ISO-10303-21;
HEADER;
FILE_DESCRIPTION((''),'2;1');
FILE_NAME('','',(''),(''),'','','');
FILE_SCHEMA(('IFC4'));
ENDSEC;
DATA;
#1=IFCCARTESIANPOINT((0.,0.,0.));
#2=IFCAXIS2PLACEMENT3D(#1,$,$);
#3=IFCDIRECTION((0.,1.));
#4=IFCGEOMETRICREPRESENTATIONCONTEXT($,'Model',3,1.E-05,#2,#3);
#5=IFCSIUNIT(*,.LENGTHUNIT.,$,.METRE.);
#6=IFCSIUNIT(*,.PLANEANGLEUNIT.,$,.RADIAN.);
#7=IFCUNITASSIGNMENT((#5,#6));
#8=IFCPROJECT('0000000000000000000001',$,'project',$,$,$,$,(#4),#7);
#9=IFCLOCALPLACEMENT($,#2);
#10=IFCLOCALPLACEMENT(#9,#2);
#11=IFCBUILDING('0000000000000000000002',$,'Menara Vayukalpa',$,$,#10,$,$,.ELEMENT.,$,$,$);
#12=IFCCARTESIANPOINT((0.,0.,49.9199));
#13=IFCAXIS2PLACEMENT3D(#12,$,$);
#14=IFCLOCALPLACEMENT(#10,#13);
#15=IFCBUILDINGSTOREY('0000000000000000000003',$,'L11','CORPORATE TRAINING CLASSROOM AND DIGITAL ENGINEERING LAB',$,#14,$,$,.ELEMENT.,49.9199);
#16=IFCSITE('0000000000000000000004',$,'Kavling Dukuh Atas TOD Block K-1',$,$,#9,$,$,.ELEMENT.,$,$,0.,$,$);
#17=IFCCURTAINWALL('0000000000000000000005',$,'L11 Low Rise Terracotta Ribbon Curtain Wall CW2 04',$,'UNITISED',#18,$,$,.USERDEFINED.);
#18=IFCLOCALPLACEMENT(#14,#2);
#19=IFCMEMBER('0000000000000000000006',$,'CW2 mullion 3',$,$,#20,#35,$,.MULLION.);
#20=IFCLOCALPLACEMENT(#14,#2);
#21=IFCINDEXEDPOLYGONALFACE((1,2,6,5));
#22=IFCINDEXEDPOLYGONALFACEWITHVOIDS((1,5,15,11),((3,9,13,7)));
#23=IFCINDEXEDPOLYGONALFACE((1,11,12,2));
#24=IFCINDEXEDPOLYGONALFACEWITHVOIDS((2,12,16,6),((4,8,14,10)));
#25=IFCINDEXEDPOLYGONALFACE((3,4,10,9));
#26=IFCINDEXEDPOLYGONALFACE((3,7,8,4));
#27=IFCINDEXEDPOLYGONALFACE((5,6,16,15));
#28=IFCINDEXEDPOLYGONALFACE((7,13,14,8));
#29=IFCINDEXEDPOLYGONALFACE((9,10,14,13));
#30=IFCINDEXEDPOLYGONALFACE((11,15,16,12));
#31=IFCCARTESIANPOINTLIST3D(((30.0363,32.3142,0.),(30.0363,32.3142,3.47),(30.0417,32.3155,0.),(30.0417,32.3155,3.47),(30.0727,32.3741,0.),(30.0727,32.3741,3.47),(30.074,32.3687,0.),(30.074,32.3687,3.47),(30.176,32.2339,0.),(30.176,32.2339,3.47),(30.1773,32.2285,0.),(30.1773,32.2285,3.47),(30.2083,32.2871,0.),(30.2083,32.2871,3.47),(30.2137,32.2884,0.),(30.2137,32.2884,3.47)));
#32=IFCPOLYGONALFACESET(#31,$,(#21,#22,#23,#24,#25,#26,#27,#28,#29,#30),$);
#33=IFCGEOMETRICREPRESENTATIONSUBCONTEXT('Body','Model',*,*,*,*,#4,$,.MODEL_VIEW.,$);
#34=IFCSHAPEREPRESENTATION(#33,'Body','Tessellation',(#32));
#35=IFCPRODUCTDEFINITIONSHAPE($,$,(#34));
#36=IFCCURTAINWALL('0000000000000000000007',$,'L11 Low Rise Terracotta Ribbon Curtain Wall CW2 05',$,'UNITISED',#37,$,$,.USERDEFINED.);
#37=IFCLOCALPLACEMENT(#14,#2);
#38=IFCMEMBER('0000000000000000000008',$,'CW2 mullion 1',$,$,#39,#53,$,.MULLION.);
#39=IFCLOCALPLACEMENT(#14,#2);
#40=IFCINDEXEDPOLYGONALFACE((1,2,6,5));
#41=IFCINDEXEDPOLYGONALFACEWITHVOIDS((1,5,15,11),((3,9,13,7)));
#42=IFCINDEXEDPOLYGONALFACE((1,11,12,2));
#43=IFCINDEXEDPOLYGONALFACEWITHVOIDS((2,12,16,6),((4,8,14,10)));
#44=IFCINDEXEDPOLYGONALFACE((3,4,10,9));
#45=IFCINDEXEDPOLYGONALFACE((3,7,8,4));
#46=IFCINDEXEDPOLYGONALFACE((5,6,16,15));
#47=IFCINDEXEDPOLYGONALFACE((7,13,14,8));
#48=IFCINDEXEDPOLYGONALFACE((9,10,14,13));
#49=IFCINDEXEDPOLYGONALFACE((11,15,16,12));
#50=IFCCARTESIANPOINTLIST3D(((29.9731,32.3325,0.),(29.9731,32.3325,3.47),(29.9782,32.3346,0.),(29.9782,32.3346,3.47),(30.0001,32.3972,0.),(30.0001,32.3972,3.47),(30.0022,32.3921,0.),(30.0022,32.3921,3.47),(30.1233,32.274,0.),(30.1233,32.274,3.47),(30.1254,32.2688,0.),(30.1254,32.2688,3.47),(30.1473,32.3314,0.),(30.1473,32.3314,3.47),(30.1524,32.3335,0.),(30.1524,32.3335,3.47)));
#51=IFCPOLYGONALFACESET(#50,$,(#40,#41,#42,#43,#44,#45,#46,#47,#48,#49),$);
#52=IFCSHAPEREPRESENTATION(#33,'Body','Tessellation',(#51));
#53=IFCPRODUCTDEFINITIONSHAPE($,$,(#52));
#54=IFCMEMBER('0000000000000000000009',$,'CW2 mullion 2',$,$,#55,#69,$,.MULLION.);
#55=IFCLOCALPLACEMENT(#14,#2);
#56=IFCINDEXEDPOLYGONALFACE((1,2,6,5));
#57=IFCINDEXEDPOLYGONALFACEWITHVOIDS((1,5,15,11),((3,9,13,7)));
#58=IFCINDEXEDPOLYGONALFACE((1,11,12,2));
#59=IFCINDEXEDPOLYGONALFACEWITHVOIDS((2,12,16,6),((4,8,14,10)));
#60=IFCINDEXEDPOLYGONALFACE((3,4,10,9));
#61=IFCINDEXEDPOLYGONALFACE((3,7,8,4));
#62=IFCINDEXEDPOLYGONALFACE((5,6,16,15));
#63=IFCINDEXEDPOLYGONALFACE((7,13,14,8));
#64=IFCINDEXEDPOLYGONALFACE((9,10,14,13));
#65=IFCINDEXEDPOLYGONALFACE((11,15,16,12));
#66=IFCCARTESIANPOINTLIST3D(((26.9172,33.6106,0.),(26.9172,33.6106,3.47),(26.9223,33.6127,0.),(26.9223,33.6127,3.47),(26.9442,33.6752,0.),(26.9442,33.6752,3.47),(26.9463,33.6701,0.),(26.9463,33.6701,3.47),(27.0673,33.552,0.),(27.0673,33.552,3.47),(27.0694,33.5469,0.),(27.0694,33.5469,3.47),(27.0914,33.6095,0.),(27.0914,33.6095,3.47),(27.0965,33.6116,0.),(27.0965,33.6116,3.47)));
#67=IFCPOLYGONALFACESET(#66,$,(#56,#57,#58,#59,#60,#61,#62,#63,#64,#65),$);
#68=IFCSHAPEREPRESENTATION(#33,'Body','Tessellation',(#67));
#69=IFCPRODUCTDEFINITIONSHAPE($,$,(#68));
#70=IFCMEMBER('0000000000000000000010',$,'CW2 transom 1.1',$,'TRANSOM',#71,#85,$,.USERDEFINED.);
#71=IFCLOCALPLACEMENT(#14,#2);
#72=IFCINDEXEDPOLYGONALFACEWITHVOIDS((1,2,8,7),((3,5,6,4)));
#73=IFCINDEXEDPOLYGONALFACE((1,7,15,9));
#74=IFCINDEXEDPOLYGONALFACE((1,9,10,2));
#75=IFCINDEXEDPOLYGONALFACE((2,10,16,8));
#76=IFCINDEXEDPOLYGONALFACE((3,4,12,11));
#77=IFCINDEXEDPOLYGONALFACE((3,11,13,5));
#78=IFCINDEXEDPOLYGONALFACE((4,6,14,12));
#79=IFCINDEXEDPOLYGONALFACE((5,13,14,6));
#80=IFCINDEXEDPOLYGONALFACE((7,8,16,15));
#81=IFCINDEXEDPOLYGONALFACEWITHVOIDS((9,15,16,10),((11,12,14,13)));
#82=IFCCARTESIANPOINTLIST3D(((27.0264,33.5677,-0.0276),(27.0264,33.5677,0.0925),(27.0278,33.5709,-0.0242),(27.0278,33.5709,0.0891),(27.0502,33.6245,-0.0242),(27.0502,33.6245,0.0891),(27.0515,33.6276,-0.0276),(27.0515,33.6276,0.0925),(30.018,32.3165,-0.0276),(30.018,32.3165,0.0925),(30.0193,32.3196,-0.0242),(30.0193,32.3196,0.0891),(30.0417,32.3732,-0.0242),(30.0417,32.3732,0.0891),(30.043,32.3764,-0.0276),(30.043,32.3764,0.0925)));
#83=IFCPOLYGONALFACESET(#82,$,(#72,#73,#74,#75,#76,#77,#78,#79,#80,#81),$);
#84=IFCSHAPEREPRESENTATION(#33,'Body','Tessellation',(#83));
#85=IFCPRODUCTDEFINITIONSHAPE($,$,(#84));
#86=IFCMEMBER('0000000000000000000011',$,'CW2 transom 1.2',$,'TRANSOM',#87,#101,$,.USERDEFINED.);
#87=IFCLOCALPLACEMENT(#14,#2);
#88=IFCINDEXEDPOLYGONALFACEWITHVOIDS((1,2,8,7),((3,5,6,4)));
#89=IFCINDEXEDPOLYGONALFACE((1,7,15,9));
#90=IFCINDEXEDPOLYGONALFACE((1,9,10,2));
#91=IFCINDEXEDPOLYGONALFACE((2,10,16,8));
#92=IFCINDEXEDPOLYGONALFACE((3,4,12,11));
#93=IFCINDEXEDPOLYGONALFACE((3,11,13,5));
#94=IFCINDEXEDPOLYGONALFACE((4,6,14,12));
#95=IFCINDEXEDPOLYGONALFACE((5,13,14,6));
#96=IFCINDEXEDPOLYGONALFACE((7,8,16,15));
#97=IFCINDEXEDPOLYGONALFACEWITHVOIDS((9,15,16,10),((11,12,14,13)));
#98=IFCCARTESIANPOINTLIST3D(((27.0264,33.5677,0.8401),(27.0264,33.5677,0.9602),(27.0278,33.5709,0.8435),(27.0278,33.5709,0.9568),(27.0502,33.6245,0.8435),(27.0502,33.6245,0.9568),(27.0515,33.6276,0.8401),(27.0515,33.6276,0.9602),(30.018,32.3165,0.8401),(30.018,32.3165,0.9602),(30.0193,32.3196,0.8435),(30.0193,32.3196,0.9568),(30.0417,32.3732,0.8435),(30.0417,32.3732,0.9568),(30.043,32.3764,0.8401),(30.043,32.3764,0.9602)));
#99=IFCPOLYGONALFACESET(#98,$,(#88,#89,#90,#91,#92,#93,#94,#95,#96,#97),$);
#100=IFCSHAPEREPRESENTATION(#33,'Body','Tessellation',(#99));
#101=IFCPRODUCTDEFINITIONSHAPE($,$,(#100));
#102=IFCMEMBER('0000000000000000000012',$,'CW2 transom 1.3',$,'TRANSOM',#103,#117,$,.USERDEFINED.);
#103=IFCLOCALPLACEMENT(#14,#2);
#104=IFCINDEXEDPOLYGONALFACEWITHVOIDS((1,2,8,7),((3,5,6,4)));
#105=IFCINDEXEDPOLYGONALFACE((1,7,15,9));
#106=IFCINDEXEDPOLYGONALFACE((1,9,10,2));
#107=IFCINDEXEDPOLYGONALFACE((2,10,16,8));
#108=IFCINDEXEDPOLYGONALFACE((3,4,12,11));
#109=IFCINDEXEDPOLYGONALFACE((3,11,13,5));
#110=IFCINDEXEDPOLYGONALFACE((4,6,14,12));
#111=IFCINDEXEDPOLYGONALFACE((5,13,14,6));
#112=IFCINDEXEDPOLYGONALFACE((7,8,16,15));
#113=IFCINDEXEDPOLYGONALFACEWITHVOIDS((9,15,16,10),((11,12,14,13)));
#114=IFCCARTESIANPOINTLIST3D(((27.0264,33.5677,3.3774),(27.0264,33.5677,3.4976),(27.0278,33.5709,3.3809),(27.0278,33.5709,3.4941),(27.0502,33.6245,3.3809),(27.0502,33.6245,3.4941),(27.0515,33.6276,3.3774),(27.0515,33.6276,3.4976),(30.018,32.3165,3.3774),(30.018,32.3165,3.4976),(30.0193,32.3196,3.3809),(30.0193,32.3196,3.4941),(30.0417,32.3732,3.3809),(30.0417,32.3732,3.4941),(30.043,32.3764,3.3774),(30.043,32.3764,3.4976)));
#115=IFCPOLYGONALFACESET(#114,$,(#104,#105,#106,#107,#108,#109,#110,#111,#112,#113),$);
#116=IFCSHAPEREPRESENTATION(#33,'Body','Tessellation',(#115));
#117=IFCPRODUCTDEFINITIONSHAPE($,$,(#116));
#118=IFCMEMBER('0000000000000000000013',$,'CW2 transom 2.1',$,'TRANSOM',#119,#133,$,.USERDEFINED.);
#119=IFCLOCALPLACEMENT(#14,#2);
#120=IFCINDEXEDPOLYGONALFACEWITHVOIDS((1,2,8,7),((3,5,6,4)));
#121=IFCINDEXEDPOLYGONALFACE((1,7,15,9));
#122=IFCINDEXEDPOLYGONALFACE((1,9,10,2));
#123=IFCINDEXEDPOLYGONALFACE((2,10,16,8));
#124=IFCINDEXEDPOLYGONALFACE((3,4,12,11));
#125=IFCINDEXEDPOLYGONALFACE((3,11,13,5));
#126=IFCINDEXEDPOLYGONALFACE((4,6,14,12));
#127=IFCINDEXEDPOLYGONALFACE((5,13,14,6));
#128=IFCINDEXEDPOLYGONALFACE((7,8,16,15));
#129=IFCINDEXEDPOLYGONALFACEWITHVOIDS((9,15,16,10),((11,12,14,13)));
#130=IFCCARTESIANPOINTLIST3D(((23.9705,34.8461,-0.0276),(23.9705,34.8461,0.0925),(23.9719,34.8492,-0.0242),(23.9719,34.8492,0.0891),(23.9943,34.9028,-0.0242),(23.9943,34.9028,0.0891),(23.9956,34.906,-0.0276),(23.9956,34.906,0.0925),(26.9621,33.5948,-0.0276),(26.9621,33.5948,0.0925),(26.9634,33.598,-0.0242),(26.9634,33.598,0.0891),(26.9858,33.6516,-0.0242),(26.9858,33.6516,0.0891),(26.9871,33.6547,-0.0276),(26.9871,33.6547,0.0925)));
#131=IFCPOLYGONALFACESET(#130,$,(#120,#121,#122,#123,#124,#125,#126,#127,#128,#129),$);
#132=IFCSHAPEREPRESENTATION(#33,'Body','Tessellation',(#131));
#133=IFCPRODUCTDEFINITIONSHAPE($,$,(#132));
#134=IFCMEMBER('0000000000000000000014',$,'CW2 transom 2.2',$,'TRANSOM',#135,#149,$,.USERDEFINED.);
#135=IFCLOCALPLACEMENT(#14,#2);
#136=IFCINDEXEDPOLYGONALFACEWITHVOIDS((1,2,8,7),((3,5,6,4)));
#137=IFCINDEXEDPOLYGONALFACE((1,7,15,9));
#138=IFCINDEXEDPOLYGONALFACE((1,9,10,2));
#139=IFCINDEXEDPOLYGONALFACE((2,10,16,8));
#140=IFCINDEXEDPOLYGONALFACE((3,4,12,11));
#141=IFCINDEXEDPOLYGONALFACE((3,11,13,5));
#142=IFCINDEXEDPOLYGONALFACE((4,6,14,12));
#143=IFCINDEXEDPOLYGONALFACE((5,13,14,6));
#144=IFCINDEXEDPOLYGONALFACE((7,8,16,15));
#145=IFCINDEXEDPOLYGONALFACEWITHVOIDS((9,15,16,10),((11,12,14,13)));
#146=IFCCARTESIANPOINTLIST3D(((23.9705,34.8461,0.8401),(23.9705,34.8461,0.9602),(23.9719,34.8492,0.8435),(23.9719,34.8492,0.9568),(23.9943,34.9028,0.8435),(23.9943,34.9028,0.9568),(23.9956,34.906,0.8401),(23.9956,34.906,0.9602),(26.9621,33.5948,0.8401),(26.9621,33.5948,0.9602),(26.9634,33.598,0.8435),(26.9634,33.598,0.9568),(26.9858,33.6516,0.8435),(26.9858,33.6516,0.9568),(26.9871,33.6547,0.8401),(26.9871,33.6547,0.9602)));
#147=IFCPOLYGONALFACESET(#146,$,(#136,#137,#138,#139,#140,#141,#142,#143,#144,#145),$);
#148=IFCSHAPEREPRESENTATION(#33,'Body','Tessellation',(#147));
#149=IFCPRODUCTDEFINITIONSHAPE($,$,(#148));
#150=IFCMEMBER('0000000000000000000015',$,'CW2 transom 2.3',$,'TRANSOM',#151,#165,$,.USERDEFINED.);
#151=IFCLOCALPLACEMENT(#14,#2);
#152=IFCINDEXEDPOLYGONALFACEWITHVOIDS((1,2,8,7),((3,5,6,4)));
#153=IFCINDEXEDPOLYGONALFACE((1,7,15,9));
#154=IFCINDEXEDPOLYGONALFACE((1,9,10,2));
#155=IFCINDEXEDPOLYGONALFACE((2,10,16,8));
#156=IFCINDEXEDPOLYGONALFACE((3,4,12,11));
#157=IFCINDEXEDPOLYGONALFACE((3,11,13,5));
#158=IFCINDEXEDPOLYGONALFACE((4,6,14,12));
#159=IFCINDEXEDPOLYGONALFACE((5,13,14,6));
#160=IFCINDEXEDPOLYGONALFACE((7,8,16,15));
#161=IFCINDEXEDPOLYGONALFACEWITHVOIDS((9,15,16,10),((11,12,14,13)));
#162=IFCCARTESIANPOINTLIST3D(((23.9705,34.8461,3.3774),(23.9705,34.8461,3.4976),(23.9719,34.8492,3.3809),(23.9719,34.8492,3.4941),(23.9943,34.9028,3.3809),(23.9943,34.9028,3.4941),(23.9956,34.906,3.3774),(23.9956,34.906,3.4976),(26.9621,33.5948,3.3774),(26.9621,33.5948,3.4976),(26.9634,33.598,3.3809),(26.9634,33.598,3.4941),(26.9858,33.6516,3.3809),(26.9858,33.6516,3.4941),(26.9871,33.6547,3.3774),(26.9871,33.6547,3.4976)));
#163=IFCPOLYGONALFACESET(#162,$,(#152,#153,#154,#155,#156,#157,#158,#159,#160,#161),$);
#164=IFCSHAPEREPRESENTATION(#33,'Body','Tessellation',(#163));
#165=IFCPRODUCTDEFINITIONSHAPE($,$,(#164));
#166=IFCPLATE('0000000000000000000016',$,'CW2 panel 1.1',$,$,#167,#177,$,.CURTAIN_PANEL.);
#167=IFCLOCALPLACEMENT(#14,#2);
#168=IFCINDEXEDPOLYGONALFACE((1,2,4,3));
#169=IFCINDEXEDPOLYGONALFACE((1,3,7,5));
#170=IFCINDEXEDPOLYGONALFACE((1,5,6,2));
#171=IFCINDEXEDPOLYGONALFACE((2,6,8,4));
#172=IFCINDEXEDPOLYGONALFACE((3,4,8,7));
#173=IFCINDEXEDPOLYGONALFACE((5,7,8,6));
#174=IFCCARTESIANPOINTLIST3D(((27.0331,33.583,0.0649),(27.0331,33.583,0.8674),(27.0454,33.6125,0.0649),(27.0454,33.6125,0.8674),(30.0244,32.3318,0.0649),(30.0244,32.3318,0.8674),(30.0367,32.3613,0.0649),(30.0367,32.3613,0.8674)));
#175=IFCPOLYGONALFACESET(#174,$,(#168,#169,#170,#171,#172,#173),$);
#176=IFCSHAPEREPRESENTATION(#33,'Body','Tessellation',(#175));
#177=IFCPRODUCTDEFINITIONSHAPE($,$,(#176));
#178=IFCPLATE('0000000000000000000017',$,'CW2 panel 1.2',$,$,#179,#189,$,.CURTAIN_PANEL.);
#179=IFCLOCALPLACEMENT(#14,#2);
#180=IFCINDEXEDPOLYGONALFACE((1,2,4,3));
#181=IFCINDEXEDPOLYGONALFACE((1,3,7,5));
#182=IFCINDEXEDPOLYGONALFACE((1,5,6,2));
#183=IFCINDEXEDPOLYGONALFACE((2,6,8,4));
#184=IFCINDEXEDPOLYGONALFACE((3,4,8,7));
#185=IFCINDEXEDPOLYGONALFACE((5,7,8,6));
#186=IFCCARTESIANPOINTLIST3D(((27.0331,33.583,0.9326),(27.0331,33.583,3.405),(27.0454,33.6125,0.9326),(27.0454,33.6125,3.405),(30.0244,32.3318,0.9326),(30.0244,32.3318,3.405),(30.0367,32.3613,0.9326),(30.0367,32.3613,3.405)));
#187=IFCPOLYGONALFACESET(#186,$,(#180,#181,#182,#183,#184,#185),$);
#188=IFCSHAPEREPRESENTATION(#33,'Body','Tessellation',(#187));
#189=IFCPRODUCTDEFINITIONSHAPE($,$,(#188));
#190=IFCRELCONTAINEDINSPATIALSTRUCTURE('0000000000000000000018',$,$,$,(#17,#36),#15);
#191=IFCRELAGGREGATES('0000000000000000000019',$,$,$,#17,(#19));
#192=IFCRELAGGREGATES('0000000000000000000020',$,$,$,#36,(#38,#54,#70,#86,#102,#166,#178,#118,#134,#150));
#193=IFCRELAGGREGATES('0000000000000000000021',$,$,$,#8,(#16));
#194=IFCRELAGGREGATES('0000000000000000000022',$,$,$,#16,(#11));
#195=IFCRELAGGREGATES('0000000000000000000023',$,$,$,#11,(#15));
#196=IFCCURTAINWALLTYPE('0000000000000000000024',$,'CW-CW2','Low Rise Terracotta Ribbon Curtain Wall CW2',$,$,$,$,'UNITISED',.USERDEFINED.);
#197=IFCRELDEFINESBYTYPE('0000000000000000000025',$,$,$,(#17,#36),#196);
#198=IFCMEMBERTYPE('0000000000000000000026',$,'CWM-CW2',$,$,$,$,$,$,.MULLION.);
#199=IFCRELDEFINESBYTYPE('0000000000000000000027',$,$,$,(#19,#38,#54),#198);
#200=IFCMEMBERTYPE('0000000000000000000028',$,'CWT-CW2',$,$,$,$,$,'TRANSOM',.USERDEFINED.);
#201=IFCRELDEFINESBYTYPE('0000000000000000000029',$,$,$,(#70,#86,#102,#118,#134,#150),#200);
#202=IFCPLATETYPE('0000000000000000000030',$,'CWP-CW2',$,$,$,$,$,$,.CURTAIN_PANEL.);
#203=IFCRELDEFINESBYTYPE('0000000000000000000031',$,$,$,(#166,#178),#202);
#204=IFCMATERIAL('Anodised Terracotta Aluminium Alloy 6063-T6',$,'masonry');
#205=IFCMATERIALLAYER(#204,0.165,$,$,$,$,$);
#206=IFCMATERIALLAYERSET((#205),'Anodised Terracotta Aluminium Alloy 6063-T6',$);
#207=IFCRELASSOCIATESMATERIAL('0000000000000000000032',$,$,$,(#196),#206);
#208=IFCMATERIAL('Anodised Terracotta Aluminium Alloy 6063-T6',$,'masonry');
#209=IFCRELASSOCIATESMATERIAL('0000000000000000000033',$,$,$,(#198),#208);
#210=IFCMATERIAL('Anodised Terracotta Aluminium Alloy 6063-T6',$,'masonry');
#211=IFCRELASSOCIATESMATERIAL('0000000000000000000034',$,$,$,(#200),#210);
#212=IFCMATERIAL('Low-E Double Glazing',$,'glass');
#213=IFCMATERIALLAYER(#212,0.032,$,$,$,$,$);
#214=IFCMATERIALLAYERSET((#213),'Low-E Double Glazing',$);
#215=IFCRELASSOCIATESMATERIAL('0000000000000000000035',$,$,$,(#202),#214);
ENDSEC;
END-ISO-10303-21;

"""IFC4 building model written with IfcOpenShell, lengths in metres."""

from ifc_helpers import new_model, si_unit, direction, frame, origin, origin_2d, place, context, subcontext, project, spatial, rectangle, hollow_rectangle, extrude, material, layer, layer_set, material_profile, profile_set, type_object, element, aggregate, save


model = new_model("IFC4")

# Units and contexts
model_context = context("Model", 3, precision=1e-05, world=origin(), true_north=direction((0.0, 1.0)))
body_context = subcontext(model_context, "Body", "Model", "MODEL_VIEW")
ifc_project = project(units=[si_unit("LENGTHUNIT", "METRE"), si_unit("PLANEANGLEUNIT", "RADIAN")], contexts=[model_context])

# Site, building, storey
site_placement = place(None, origin())
site = spatial("IfcSite", under=ifc_project, at=site_placement, Name="Kavling Dukuh Atas TOD Block K-1", CompositionType="ELEMENT", RefElevation=0.0)
building_placement = place(site_placement, origin())
building = spatial("IfcBuilding", under=site, at=building_placement, Name="Menara Vayukalpa", CompositionType="ELEMENT")
storey_placement = place(building_placement, frame((0.0, 0.0, 49.9199)))
storey = spatial("IfcBuildingStorey", under=building, at=storey_placement, Name="L11", Description="CORPORATE TRAINING CLASSROOM AND DIGITAL ENGINEERING LAB", CompositionType="ELEMENT", Elevation=49.9199)

# Curtain wall, member
ifc_material_1 = material(Name="Anodised Terracotta Aluminium Alloy 6063-T6", Category="masonry")
ifc_layer_1 = layer(ifc_material_1, 0.165)
ifc_layer_set_1 = layer_set([ifc_layer_1], Name="Anodised Terracotta Aluminium Alloy 6063-T6")
curtain_wall_type = type_object("IfcCurtainWallType", Name="CW-CW2", Description="Low Rise Terracotta Ribbon Curtain Wall CW2", ElementType="UNITISED", PredefinedType="USERDEFINED", material=ifc_layer_set_1)
curtain_wall_1_placement = place(storey_placement, origin())
curtain_wall_1 = element("IfcCurtainWall", 1, at=curtain_wall_1_placement, inside=storey, type_object=curtain_wall_type, Name="L11 Low Rise Terracotta Ribbon Curtain Wall CW2 04", ObjectType="UNITISED", PredefinedType="USERDEFINED")
ifc_material_2 = material(Name="Anodised Terracotta Aluminium Alloy 6063-T6", Category="masonry")
ifc_material_profile_1 = material_profile(ifc_material_2, hollow_rectangle(XDim=0.0701, YDim=0.165, WallThickness=0.0039, at=origin_2d()), Name="ALU 70x165x4")
ifc_profile_set_1 = profile_set([ifc_material_profile_1], Name="Anodised Terracotta Aluminium Alloy 6063-T6")
member_type_1 = type_object("IfcMemberType", Name="CWM-CW2", PredefinedType="MULLION", material=ifc_profile_set_1)
member_1_placement = place(storey_placement, frame((30.125, 32.3013, 0.0), z_axis=(0.0, 0.0, 1.0), x_axis=(-0.519182, -0.854664, 0.0)))
member_1 = element("IfcMember", 2, at=member_1_placement, type_object=member_type_1, Name="CW2 mullion 3", PredefinedType="MULLION", context=body_context, shape_type="SweptSolid", body=[
    extrude(hollow_rectangle(XDim=0.0701, YDim=0.165, WallThickness=0.0039, at=origin_2d()), origin(), (0.0, 0.0, 1.0), 3.47),
])
aggregate(curtain_wall_1, [member_1])

# Curtain wall, members, plates
curtain_wall_2_placement = place(storey_placement, origin())
curtain_wall_2 = element("IfcCurtainWall", 3, at=curtain_wall_2_placement, inside=storey, type_object=curtain_wall_type, Name="L11 Low Rise Terracotta Ribbon Curtain Wall CW2 05", ObjectType="UNITISED", PredefinedType="USERDEFINED")
member_2_placement = place(storey_placement, frame((30.0627, 32.333, 0.0), z_axis=(0.0, 0.0, 1.0), x_axis=(-0.385895, -0.922543, 0.0)))
member_2 = element("IfcMember", 4, at=member_2_placement, type_object=member_type_1, Name="CW2 mullion 1", PredefinedType="MULLION", context=body_context, shape_type="SweptSolid", body=[
    extrude(hollow_rectangle(XDim=0.0701, YDim=0.165, WallThickness=0.0039, at=origin_2d()), origin(), (0.0, 0.0, 1.0), 3.47),
])
member_3_placement = place(storey_placement, frame((27.0068, 33.6111, 0.0), z_axis=(0.0, 0.0, 1.0), x_axis=(-0.385895, -0.922543, 0.0)))
member_3 = element("IfcMember", 5, at=member_3_placement, type_object=member_type_1, Name="CW2 mullion 2", PredefinedType="MULLION", context=body_context, shape_type="SweptSolid", body=[
    extrude(hollow_rectangle(XDim=0.0701, YDim=0.165, WallThickness=0.0039, at=origin_2d()), origin(), (0.0, 0.0, 1.0), 3.47),
])
ifc_material_3 = material(Name="Anodised Terracotta Aluminium Alloy 6063-T6", Category="masonry")
ifc_material_profile_2 = material_profile(ifc_material_3, hollow_rectangle(XDim=0.0649, YDim=0.1201, WallThickness=0.0034, at=origin_2d()), Name="ALU 65x120x3.5")
ifc_profile_set_2 = profile_set([ifc_material_profile_2], Name="Anodised Terracotta Aluminium Alloy 6063-T6")
member_type_2 = type_object("IfcMemberType", Name="CWT-CW2", ElementType="TRANSOM", PredefinedType="USERDEFINED", material=ifc_profile_set_2)
member_4_placement = place(storey_placement, frame((30.0305, 32.3464, 0.0325), z_axis=(-0.922553, 0.385871, 0.0), x_axis=(-0.385871, -0.922553, 0.0)))
member_4 = element("IfcMember", 6, at=member_4_placement, type_object=member_type_2, Name="CW2 transom 1.1", ObjectType="TRANSOM", PredefinedType="USERDEFINED", context=body_context, shape_type="SweptSolid", body=[
    extrude(hollow_rectangle(XDim=0.0649, YDim=0.1201, WallThickness=0.0034, at=origin_2d()), origin(), (0.0, 0.0, 1.0), 3.2427),
])
member_5_placement = place(storey_placement, frame((30.0305, 32.3464, 0.9001), z_axis=(-0.922553, 0.385871, 0.0), x_axis=(-0.385871, -0.922553, 0.0)))
member_5 = element("IfcMember", 7, at=member_5_placement, type_object=member_type_2, Name="CW2 transom 1.2", ObjectType="TRANSOM", PredefinedType="USERDEFINED", context=body_context, shape_type="SweptSolid", body=[
    extrude(hollow_rectangle(XDim=0.0649, YDim=0.1201, WallThickness=0.0034, at=origin_2d()), origin(), (0.0, 0.0, 1.0), 3.2427),
])
member_6_placement = place(storey_placement, frame((30.0305, 32.3464, 3.4375), z_axis=(-0.922553, 0.385871, 0.0), x_axis=(-0.385871, -0.922553, 0.0)))
member_6 = element("IfcMember", 8, at=member_6_placement, type_object=member_type_2, Name="CW2 transom 1.3", ObjectType="TRANSOM", PredefinedType="USERDEFINED", context=body_context, shape_type="SweptSolid", body=[
    extrude(hollow_rectangle(XDim=0.0649, YDim=0.1201, WallThickness=0.0034, at=origin_2d()), origin(), (0.0, 0.0, 1.0), 3.2427),
])
member_7_placement = place(storey_placement, frame((26.9746, 33.6248, 0.0325), z_axis=(-0.922553, 0.385871, 0.0), x_axis=(-0.385871, -0.922553, 0.0)))
member_7 = element("IfcMember", 9, at=member_7_placement, type_object=member_type_2, Name="CW2 transom 2.1", ObjectType="TRANSOM", PredefinedType="USERDEFINED", context=body_context, shape_type="SweptSolid", body=[
    extrude(hollow_rectangle(XDim=0.0649, YDim=0.1201, WallThickness=0.0034, at=origin_2d()), origin(), (0.0, 0.0, 1.0), 3.2427),
])
member_8_placement = place(storey_placement, frame((26.9746, 33.6248, 0.9001), z_axis=(-0.922553, 0.385871, 0.0), x_axis=(-0.385871, -0.922553, 0.0)))
member_8 = element("IfcMember", 10, at=member_8_placement, type_object=member_type_2, Name="CW2 transom 2.2", ObjectType="TRANSOM", PredefinedType="USERDEFINED", context=body_context, shape_type="SweptSolid", body=[
    extrude(hollow_rectangle(XDim=0.0649, YDim=0.1201, WallThickness=0.0034, at=origin_2d()), origin(), (0.0, 0.0, 1.0), 3.2427),
])
member_9_placement = place(storey_placement, frame((26.9746, 33.6248, 3.4375), z_axis=(-0.922553, 0.385871, 0.0), x_axis=(-0.385871, -0.922553, 0.0)))
member_9 = element("IfcMember", 11, at=member_9_placement, type_object=member_type_2, Name="CW2 transom 2.3", ObjectType="TRANSOM", PredefinedType="USERDEFINED", context=body_context, shape_type="SweptSolid", body=[
    extrude(hollow_rectangle(XDim=0.0649, YDim=0.1201, WallThickness=0.0034, at=origin_2d()), origin(), (0.0, 0.0, 1.0), 3.2427),
])
ifc_material_4 = material(Name="Low-E Double Glazing", Category="glass")
ifc_layer_2 = layer(ifc_material_4, 0.032)
ifc_layer_set_2 = layer_set([ifc_layer_2], Name="Low-E Double Glazing")
plate_type = type_object("IfcPlateType", Name="CWP-CW2", PredefinedType="CURTAIN_PANEL", material=ifc_layer_set_2)
plate_1_placement = place(storey_placement, frame((28.5349, 32.9722, 0.0649), z_axis=(0.0, 0.0, 1.0), x_axis=(-0.922543, 0.385895, 0.0)))
plate_1 = element("IfcPlate", 12, at=plate_1_placement, type_object=plate_type, Name="CW2 panel 1.1", PredefinedType="CURTAIN_PANEL", context=body_context, shape_type="SweptSolid", body=[
    extrude(rectangle(XDim=3.2424, YDim=0.032, at=origin_2d()), origin(), (0.0, 0.0, 1.0), 0.8025),
])
plate_2_placement = place(storey_placement, frame((28.5349, 32.9722, 0.9326), z_axis=(0.0, 0.0, 1.0), x_axis=(-0.922543, 0.385895, 0.0)))
plate_2 = element("IfcPlate", 13, at=plate_2_placement, type_object=plate_type, Name="CW2 panel 1.2", PredefinedType="CURTAIN_PANEL", context=body_context, shape_type="SweptSolid", body=[
    extrude(rectangle(XDim=3.2424, YDim=0.032, at=origin_2d()), origin(), (0.0, 0.0, 1.0), 2.4724),
])
aggregate(curtain_wall_2, [member_2, member_3, member_4, member_5, member_6, plate_1, plate_2, member_7, member_8, member_9])

save(model, "model.ifc")
